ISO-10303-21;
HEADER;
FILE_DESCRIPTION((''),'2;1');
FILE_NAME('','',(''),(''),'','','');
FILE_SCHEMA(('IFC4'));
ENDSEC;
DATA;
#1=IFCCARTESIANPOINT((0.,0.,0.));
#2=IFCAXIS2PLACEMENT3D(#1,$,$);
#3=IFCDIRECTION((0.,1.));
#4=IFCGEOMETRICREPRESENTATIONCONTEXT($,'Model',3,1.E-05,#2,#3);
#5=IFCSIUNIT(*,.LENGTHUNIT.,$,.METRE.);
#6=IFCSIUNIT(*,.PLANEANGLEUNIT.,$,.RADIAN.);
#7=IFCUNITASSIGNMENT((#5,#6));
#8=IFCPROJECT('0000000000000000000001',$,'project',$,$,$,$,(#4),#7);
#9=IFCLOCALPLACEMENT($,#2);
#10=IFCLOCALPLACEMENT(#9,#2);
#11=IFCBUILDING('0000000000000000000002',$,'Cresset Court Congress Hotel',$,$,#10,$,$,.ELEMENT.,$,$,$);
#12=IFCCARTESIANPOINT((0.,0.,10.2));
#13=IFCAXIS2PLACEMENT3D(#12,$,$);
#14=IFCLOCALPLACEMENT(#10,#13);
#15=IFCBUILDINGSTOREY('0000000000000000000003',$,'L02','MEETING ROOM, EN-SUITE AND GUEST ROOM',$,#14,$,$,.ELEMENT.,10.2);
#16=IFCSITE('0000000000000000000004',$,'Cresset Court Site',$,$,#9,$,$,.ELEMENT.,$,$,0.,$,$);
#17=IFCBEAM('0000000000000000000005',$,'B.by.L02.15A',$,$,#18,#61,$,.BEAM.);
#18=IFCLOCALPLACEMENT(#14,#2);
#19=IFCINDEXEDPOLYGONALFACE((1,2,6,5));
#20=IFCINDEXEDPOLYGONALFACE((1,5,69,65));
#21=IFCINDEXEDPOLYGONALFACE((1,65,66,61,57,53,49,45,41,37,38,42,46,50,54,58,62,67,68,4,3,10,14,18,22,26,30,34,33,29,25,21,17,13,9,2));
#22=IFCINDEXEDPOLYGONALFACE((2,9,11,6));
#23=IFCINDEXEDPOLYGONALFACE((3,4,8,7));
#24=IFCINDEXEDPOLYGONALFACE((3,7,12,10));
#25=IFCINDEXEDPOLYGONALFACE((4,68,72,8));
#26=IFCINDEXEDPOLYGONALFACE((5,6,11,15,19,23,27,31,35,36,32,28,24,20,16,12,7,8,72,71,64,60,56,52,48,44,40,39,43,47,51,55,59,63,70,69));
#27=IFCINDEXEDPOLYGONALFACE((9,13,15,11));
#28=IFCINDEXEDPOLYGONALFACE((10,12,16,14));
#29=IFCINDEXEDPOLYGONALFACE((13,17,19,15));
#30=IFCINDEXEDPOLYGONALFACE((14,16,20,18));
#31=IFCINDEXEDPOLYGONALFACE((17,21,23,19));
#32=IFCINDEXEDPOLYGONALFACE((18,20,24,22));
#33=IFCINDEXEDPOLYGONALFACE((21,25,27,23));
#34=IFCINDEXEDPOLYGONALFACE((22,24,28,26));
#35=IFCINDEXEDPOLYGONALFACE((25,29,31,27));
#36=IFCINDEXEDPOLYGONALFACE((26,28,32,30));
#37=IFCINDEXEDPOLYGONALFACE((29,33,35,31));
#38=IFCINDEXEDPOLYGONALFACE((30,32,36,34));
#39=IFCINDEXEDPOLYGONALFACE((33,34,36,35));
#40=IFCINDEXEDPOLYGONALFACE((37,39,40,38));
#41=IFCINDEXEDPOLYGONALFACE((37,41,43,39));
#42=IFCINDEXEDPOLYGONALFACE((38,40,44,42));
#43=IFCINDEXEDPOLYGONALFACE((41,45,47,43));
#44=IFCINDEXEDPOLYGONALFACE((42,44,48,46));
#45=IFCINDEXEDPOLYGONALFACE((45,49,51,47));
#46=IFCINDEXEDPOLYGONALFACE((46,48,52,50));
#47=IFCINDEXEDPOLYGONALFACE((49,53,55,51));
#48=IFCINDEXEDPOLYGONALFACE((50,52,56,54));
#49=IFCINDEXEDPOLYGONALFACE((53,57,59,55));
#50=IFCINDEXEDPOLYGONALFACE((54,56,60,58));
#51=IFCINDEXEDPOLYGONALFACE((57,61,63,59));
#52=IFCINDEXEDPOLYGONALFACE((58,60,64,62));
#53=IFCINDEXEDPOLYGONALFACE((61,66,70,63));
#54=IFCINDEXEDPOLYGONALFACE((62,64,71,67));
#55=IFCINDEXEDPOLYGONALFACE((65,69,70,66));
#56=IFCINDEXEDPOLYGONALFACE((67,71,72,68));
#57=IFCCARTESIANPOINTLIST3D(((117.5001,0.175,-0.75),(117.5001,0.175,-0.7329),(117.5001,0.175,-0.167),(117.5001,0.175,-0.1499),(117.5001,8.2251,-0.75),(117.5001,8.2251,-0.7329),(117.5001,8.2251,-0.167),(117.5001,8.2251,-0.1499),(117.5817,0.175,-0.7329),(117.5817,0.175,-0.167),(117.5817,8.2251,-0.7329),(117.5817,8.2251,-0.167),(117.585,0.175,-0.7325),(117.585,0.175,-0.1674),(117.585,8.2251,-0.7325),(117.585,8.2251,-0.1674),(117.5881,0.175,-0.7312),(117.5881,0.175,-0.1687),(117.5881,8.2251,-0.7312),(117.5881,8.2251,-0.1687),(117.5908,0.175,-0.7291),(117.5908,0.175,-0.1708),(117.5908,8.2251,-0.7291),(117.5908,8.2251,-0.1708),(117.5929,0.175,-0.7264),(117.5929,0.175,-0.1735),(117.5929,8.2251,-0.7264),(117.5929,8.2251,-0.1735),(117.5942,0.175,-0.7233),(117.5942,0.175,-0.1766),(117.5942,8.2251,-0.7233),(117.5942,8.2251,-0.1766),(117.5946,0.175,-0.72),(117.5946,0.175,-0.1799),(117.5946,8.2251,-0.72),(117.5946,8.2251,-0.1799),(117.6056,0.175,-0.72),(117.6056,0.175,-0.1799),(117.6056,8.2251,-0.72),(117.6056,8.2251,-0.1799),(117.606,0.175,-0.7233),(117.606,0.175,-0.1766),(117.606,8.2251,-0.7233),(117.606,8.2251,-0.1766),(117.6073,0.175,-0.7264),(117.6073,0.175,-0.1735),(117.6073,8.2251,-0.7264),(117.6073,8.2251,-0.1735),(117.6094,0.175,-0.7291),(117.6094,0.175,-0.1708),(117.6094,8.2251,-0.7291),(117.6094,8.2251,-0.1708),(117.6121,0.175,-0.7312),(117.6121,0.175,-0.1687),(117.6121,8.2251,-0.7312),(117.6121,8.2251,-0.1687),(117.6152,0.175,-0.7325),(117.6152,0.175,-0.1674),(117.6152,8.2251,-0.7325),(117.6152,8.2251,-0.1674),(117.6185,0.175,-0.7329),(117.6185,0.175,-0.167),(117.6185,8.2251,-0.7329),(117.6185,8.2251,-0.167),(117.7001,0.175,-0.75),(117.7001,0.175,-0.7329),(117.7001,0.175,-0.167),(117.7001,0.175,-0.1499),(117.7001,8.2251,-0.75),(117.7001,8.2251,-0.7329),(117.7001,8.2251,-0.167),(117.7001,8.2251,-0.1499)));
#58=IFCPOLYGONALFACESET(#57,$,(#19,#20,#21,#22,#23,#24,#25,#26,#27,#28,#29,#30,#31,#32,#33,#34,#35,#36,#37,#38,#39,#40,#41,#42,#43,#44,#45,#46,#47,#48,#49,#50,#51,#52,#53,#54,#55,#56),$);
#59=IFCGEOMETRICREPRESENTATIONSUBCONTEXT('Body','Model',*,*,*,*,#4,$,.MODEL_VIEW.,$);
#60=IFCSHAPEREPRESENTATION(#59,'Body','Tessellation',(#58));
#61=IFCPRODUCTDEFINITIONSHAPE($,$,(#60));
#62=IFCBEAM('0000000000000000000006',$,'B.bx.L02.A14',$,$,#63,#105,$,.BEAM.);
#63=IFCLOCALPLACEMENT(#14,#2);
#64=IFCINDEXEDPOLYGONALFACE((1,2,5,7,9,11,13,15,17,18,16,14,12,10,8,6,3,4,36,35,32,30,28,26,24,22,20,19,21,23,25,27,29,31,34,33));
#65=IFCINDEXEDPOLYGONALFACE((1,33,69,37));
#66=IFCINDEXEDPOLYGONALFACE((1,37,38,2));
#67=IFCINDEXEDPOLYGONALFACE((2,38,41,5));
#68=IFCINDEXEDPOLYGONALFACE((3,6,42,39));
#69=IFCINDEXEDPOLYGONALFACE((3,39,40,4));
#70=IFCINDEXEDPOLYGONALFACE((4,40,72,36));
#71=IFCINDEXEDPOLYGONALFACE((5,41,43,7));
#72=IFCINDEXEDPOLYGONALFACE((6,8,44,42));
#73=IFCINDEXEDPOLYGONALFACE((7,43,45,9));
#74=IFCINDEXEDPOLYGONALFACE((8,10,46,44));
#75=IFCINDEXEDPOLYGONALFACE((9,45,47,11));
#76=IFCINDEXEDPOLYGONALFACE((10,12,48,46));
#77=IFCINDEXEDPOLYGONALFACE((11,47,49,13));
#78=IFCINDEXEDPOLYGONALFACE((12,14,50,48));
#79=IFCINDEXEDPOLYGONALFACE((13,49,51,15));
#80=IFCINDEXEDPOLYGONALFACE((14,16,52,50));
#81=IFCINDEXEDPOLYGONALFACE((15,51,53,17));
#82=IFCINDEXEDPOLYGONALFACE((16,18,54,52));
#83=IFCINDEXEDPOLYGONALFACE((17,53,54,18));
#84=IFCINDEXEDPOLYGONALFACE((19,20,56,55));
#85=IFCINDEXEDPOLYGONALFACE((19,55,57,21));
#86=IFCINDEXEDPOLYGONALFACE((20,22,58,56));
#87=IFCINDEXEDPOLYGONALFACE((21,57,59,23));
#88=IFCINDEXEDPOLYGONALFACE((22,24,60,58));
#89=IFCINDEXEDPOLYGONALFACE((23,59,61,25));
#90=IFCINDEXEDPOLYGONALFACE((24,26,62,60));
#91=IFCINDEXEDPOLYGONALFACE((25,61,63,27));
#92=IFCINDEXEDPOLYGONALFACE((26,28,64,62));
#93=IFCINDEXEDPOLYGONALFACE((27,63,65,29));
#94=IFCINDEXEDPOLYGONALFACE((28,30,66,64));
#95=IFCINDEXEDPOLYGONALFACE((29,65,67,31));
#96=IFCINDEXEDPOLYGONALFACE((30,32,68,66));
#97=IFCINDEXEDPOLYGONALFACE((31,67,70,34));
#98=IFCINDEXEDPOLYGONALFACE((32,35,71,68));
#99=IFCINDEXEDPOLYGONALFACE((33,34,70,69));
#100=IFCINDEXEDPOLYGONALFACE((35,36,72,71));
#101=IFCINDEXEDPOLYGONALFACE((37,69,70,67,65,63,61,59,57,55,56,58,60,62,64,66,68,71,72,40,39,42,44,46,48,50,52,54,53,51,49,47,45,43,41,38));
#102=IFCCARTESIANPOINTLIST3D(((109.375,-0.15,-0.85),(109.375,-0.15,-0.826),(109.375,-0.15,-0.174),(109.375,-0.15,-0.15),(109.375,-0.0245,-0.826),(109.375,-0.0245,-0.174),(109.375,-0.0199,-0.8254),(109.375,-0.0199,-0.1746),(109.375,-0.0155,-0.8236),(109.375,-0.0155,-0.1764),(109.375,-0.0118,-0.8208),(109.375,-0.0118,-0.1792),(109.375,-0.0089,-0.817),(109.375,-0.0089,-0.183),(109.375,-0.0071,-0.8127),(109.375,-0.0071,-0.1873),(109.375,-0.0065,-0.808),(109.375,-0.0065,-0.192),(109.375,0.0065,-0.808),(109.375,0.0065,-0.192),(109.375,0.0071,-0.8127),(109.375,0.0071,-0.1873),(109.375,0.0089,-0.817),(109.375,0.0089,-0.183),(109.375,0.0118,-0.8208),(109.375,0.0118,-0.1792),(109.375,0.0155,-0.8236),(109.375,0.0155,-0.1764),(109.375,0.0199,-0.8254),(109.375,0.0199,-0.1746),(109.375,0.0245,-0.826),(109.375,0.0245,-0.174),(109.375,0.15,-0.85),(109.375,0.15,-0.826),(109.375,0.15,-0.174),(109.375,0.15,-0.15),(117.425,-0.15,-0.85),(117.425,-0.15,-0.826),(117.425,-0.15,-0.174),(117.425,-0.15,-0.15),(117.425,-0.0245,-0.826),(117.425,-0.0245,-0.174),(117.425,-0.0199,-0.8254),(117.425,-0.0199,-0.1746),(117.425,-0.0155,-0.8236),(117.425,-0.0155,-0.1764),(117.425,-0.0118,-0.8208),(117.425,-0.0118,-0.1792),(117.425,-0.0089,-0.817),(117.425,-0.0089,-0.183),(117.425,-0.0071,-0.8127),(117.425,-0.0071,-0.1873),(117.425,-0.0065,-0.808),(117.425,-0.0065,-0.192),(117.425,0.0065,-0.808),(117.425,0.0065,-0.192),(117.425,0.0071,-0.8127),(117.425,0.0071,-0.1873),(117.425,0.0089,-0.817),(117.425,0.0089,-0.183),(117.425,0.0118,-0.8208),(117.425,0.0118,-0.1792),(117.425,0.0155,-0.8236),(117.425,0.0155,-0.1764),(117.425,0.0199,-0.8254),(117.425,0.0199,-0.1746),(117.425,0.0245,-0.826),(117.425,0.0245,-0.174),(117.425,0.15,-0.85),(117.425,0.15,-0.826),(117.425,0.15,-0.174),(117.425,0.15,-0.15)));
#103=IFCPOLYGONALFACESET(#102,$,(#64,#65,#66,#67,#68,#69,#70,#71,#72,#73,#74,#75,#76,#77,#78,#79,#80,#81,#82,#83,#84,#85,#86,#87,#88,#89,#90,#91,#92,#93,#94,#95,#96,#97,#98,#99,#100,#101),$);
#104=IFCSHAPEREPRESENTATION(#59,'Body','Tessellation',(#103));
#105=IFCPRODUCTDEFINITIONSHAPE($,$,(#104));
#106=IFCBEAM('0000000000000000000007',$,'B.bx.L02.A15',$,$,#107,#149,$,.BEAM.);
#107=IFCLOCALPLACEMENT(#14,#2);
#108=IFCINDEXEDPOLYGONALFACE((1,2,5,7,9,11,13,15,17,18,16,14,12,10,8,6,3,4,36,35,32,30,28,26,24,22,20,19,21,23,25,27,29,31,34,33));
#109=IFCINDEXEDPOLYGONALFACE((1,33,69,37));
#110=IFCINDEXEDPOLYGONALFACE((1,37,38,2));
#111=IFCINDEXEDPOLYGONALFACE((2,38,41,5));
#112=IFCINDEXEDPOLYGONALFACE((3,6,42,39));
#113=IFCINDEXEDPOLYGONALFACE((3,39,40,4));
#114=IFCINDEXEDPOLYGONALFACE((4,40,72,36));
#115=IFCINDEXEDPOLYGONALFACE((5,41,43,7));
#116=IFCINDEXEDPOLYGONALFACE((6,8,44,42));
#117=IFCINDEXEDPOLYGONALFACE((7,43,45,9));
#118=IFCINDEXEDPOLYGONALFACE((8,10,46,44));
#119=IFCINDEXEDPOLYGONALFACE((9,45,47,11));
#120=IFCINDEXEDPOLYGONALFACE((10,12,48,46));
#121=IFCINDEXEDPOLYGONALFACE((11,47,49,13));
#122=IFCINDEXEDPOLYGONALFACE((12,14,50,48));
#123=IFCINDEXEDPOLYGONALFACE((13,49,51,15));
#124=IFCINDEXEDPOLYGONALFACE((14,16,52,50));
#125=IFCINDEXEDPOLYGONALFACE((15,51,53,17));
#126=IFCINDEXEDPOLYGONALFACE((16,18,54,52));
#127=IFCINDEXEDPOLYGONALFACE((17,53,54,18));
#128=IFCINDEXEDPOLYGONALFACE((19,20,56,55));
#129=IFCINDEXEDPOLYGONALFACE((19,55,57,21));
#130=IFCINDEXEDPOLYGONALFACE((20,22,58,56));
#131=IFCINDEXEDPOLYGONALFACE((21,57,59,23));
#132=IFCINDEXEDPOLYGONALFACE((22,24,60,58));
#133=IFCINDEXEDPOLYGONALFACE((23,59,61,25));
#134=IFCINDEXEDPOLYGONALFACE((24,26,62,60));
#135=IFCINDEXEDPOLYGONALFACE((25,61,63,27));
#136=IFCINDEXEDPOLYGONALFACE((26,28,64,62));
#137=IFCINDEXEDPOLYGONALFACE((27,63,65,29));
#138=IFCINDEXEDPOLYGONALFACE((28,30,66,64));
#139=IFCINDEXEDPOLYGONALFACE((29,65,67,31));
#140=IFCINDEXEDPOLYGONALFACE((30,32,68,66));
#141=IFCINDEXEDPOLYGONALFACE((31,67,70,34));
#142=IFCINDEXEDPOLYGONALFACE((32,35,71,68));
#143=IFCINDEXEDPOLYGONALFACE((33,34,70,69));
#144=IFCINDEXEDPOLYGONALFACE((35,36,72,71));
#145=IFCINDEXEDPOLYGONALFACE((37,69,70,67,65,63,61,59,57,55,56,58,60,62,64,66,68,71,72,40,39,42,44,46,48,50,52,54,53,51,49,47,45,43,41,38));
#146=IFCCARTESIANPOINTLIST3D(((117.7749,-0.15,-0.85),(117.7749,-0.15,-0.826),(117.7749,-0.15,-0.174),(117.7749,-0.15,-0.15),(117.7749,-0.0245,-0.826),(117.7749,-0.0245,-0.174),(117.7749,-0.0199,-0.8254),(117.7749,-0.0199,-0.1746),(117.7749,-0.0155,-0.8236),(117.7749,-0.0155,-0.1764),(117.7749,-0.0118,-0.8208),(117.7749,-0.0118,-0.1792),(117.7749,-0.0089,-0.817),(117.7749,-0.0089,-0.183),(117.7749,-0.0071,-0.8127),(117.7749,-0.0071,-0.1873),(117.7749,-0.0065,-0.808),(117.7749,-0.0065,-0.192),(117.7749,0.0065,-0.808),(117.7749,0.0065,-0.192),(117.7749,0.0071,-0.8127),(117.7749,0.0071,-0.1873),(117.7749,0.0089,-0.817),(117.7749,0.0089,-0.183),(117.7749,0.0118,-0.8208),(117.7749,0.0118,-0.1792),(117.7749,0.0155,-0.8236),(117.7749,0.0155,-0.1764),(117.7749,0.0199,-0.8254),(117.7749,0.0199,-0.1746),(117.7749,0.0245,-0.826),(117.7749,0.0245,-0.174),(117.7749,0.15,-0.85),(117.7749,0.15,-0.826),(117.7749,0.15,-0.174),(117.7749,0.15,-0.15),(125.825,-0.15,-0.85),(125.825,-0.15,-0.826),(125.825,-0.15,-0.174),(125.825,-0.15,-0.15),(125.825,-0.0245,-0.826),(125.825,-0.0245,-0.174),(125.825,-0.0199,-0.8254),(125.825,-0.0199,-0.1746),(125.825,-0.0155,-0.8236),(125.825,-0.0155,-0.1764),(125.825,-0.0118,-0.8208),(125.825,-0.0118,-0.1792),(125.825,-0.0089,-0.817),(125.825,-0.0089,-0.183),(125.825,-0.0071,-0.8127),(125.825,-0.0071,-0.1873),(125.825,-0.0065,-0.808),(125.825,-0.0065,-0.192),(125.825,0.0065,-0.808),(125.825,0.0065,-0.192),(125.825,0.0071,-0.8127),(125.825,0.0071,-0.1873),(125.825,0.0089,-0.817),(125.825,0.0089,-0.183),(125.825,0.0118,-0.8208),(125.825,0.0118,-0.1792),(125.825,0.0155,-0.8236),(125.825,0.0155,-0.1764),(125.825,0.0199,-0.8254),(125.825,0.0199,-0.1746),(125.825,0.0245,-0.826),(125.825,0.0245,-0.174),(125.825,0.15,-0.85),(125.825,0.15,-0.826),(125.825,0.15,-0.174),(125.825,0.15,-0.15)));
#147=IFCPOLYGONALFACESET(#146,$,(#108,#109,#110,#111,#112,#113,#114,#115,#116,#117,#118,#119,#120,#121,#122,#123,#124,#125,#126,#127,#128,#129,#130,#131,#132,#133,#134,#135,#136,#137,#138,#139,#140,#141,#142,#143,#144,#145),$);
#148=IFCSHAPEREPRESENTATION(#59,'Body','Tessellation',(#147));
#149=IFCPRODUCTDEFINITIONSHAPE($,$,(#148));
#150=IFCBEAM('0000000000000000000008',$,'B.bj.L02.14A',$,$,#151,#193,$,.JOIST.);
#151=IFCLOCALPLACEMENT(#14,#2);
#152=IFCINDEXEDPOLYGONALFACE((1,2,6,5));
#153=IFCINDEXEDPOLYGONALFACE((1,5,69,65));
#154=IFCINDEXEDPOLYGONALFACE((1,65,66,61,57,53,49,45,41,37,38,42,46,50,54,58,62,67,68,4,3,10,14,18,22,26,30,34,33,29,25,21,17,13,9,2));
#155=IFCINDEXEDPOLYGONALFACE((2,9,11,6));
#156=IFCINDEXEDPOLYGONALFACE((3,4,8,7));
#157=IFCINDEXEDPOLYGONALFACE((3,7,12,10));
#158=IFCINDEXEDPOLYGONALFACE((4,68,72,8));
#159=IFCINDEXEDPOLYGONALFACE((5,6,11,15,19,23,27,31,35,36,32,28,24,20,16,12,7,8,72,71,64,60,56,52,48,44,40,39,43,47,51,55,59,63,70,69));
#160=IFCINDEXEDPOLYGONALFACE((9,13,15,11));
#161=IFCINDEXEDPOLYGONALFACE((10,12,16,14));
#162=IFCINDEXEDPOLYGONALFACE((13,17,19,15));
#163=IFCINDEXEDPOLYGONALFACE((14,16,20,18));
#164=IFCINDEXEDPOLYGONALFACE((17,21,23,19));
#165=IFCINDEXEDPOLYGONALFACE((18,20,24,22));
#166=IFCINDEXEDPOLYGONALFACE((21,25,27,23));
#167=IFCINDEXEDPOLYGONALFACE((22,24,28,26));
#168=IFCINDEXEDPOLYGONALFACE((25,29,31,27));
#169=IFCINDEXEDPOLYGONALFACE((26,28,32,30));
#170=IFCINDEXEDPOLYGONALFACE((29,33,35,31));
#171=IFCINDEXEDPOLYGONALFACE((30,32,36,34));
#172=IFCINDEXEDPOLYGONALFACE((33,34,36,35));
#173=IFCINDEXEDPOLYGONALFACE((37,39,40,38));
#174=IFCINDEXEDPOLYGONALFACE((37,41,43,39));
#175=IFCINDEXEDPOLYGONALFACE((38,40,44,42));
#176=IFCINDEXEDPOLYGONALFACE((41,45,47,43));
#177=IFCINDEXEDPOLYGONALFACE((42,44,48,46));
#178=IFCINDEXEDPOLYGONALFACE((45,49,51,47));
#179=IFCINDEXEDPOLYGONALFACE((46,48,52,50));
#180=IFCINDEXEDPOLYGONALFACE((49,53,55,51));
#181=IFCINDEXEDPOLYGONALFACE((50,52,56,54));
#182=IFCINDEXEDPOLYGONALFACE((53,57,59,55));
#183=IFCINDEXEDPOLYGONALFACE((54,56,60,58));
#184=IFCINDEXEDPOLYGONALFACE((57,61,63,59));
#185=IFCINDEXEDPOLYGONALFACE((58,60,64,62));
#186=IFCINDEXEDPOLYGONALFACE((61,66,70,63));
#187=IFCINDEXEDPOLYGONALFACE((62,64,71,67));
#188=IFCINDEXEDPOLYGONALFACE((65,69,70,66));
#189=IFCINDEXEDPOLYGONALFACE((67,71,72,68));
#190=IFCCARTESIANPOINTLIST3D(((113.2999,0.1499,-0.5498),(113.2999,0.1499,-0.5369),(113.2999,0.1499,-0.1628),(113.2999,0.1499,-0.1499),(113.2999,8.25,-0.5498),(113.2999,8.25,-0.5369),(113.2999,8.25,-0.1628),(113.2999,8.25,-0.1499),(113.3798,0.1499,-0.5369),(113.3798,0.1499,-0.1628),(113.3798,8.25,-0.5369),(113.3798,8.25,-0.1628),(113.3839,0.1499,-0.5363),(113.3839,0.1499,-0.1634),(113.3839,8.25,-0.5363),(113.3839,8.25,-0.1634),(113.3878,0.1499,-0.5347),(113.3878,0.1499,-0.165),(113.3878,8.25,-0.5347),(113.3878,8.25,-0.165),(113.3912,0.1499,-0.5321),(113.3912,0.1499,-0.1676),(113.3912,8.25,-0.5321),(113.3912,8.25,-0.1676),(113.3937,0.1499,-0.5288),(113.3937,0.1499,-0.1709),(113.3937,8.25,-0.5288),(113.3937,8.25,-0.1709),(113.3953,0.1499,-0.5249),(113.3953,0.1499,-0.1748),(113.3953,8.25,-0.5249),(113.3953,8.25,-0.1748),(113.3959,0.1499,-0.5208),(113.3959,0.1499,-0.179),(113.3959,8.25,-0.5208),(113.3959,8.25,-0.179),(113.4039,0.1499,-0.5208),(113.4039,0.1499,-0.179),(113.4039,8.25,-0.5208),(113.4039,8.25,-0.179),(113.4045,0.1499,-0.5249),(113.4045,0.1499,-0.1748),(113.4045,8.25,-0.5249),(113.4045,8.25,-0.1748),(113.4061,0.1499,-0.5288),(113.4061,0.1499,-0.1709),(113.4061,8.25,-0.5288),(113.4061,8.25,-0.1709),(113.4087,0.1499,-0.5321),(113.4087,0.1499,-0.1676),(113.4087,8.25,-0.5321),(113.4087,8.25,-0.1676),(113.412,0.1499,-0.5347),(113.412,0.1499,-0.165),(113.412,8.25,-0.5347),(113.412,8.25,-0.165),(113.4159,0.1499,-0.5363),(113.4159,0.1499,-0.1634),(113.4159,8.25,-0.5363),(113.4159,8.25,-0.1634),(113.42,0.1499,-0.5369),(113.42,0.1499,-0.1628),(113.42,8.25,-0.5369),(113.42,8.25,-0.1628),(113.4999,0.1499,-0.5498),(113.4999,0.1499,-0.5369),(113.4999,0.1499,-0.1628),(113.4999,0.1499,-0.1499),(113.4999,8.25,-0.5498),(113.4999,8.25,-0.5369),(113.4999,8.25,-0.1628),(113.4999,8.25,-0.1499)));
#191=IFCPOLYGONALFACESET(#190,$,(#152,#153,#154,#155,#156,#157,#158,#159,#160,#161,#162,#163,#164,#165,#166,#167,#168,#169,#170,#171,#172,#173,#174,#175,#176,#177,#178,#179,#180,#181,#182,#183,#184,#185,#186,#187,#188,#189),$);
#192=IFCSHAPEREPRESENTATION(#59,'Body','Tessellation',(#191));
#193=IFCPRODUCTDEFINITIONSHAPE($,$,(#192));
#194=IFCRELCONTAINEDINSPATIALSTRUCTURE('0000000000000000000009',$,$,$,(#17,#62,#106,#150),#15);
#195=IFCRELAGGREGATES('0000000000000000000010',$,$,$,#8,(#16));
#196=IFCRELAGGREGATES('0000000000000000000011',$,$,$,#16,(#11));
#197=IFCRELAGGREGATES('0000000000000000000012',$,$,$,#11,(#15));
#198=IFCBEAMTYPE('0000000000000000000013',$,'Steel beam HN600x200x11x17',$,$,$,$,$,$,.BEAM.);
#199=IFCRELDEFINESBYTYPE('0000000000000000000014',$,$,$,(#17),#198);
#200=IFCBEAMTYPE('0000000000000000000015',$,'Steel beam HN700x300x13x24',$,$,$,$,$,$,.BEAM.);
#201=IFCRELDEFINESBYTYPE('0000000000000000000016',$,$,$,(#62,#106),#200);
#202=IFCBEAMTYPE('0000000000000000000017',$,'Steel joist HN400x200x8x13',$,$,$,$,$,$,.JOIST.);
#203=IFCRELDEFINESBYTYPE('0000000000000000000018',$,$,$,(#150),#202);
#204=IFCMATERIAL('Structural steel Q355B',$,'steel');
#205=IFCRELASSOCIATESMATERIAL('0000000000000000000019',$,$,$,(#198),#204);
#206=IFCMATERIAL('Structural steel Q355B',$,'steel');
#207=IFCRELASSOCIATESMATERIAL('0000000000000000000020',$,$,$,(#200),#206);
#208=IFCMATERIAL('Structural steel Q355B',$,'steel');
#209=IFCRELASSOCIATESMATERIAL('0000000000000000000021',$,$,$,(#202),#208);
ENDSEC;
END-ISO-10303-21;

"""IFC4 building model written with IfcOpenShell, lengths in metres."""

from ifc_helpers import new_model, si_unit, direction, frame, origin, origin_2d, place, context, subcontext, project, spatial, i_section, extrude, material, material_profile, profile_set, type_object, element, save


model = new_model("IFC4")

# Units and contexts
model_context = context("Model", 3, precision=1e-05, world=origin(), true_north=direction((0.0, 1.0)))
body_context = subcontext(model_context, "Body", "Model", "MODEL_VIEW")
ifc_project = project(units=[si_unit("LENGTHUNIT", "METRE"), si_unit("PLANEANGLEUNIT", "RADIAN")], contexts=[model_context])

# Site, building, storey
site_placement = place(None, origin())
site = spatial("IfcSite", under=ifc_project, at=site_placement, Name="Cresset Court Site", CompositionType="ELEMENT", RefElevation=0.0)
building_placement = place(site_placement, origin())
building = spatial("IfcBuilding", under=site, at=building_placement, Name="Cresset Court Congress Hotel", CompositionType="ELEMENT")
storey_placement = place(building_placement, frame((0.0, 0.0, 10.2)))
storey = spatial("IfcBuildingStorey", under=building, at=storey_placement, Name="L02", Description="MEETING ROOM, EN-SUITE AND GUEST ROOM", CompositionType="ELEMENT", Elevation=10.2)

# Beams
ifc_material_1 = material(Name="Structural steel Q355B", Category="steel")
ifc_material_profile_1 = material_profile(ifc_material_1, i_section(OverallWidth=0.2, OverallDepth=0.6001, WebThickness=0.011, FlangeThickness=0.0171, FilletRadius=0.0129, at=origin_2d()), Name="HN600x200x11x17")
ifc_profile_set_1 = profile_set([ifc_material_profile_1], Name="Structural steel Q355B")
beam_type_1 = type_object("IfcBeamType", Name="Steel beam HN600x200x11x17", PredefinedType="BEAM", material=ifc_profile_set_1)
for number, where, z_axis, x_axis, name in (
    (1, (117.6001, 0.175, -0.45), (0.0, 1.0, 0.0), (-1.0, 0.0, 0.0), "B.by.L02.15A"),
):
    element("IfcBeam", number, at=place(storey_placement, frame(where, z_axis=z_axis, x_axis=x_axis)), inside=storey, type_object=beam_type_1, Name=name, PredefinedType="BEAM", context=body_context, shape_type="SweptSolid", body=[
        extrude(i_section(OverallWidth=0.2, OverallDepth=0.6001, WebThickness=0.011, FlangeThickness=0.0171, FilletRadius=0.0129, at=origin_2d()), origin(), (0.0, 0.0, 1.0), 8.05),
    ])
ifc_material_2 = material(Name="Structural steel Q355B", Category="steel")
ifc_material_profile_2 = material_profile(ifc_material_2, i_section(OverallWidth=0.3, OverallDepth=0.7, WebThickness=0.0129, FlangeThickness=0.0239, FilletRadius=0.0181, at=origin_2d()), Name="HN700x300x13x24")
ifc_profile_set_2 = profile_set([ifc_material_profile_2], Name="Structural steel Q355B")
beam_type_2 = type_object("IfcBeamType", Name="Steel beam HN700x300x13x24", PredefinedType="BEAM", material=ifc_profile_set_2)
for number, where, z_axis, x_axis, name in (
    (2, (109.375, 0.0, -0.5), (1.0, 0.0, 0.0), (0.0, 1.0, 0.0), "B.bx.L02.A14"),
    (3, (117.7749, 0.0, -0.5), (1.0, 0.0, 0.0), (0.0, 1.0, 0.0), "B.bx.L02.A15"),
):
    element("IfcBeam", number, at=place(storey_placement, frame(where, z_axis=z_axis, x_axis=x_axis)), inside=storey, type_object=beam_type_2, Name=name, PredefinedType="BEAM", context=body_context, shape_type="SweptSolid", body=[
        extrude(i_section(OverallWidth=0.3, OverallDepth=0.7, WebThickness=0.0129, FlangeThickness=0.0239, FilletRadius=0.0181, at=origin_2d()), origin(), (0.0, 0.0, 1.0), 8.05),
    ])
ifc_material_3 = material(Name="Structural steel Q355B", Category="steel")
ifc_material_profile_3 = material_profile(ifc_material_3, i_section(OverallWidth=0.2, OverallDepth=0.3999, WebThickness=0.0081, FlangeThickness=0.0129, FilletRadius=0.0161, at=origin_2d()), Name="HN400x200x8x13")
ifc_profile_set_3 = profile_set([ifc_material_profile_3], Name="Structural steel Q355B")
beam_type_3 = type_object("IfcBeamType", Name="Steel joist HN400x200x8x13", PredefinedType="JOIST", material=ifc_profile_set_3)
beam_placement = place(storey_placement, frame((113.3999, 0.1499, -0.3499), z_axis=(0.0, 1.0, 0.0), x_axis=(-1.0, 0.0, 0.0)))
element("IfcBeam", 4, at=beam_placement, inside=storey, type_object=beam_type_3, Name="B.bj.L02.14A", PredefinedType="JOIST", context=body_context, shape_type="SweptSolid", body=[
    extrude(i_section(OverallWidth=0.2, OverallDepth=0.3999, WebThickness=0.0081, FlangeThickness=0.0129, FilletRadius=0.0161, at=origin_2d()), origin(), (0.0, 0.0, 1.0), 8.1001),
])

save(model, "model.ifc")
